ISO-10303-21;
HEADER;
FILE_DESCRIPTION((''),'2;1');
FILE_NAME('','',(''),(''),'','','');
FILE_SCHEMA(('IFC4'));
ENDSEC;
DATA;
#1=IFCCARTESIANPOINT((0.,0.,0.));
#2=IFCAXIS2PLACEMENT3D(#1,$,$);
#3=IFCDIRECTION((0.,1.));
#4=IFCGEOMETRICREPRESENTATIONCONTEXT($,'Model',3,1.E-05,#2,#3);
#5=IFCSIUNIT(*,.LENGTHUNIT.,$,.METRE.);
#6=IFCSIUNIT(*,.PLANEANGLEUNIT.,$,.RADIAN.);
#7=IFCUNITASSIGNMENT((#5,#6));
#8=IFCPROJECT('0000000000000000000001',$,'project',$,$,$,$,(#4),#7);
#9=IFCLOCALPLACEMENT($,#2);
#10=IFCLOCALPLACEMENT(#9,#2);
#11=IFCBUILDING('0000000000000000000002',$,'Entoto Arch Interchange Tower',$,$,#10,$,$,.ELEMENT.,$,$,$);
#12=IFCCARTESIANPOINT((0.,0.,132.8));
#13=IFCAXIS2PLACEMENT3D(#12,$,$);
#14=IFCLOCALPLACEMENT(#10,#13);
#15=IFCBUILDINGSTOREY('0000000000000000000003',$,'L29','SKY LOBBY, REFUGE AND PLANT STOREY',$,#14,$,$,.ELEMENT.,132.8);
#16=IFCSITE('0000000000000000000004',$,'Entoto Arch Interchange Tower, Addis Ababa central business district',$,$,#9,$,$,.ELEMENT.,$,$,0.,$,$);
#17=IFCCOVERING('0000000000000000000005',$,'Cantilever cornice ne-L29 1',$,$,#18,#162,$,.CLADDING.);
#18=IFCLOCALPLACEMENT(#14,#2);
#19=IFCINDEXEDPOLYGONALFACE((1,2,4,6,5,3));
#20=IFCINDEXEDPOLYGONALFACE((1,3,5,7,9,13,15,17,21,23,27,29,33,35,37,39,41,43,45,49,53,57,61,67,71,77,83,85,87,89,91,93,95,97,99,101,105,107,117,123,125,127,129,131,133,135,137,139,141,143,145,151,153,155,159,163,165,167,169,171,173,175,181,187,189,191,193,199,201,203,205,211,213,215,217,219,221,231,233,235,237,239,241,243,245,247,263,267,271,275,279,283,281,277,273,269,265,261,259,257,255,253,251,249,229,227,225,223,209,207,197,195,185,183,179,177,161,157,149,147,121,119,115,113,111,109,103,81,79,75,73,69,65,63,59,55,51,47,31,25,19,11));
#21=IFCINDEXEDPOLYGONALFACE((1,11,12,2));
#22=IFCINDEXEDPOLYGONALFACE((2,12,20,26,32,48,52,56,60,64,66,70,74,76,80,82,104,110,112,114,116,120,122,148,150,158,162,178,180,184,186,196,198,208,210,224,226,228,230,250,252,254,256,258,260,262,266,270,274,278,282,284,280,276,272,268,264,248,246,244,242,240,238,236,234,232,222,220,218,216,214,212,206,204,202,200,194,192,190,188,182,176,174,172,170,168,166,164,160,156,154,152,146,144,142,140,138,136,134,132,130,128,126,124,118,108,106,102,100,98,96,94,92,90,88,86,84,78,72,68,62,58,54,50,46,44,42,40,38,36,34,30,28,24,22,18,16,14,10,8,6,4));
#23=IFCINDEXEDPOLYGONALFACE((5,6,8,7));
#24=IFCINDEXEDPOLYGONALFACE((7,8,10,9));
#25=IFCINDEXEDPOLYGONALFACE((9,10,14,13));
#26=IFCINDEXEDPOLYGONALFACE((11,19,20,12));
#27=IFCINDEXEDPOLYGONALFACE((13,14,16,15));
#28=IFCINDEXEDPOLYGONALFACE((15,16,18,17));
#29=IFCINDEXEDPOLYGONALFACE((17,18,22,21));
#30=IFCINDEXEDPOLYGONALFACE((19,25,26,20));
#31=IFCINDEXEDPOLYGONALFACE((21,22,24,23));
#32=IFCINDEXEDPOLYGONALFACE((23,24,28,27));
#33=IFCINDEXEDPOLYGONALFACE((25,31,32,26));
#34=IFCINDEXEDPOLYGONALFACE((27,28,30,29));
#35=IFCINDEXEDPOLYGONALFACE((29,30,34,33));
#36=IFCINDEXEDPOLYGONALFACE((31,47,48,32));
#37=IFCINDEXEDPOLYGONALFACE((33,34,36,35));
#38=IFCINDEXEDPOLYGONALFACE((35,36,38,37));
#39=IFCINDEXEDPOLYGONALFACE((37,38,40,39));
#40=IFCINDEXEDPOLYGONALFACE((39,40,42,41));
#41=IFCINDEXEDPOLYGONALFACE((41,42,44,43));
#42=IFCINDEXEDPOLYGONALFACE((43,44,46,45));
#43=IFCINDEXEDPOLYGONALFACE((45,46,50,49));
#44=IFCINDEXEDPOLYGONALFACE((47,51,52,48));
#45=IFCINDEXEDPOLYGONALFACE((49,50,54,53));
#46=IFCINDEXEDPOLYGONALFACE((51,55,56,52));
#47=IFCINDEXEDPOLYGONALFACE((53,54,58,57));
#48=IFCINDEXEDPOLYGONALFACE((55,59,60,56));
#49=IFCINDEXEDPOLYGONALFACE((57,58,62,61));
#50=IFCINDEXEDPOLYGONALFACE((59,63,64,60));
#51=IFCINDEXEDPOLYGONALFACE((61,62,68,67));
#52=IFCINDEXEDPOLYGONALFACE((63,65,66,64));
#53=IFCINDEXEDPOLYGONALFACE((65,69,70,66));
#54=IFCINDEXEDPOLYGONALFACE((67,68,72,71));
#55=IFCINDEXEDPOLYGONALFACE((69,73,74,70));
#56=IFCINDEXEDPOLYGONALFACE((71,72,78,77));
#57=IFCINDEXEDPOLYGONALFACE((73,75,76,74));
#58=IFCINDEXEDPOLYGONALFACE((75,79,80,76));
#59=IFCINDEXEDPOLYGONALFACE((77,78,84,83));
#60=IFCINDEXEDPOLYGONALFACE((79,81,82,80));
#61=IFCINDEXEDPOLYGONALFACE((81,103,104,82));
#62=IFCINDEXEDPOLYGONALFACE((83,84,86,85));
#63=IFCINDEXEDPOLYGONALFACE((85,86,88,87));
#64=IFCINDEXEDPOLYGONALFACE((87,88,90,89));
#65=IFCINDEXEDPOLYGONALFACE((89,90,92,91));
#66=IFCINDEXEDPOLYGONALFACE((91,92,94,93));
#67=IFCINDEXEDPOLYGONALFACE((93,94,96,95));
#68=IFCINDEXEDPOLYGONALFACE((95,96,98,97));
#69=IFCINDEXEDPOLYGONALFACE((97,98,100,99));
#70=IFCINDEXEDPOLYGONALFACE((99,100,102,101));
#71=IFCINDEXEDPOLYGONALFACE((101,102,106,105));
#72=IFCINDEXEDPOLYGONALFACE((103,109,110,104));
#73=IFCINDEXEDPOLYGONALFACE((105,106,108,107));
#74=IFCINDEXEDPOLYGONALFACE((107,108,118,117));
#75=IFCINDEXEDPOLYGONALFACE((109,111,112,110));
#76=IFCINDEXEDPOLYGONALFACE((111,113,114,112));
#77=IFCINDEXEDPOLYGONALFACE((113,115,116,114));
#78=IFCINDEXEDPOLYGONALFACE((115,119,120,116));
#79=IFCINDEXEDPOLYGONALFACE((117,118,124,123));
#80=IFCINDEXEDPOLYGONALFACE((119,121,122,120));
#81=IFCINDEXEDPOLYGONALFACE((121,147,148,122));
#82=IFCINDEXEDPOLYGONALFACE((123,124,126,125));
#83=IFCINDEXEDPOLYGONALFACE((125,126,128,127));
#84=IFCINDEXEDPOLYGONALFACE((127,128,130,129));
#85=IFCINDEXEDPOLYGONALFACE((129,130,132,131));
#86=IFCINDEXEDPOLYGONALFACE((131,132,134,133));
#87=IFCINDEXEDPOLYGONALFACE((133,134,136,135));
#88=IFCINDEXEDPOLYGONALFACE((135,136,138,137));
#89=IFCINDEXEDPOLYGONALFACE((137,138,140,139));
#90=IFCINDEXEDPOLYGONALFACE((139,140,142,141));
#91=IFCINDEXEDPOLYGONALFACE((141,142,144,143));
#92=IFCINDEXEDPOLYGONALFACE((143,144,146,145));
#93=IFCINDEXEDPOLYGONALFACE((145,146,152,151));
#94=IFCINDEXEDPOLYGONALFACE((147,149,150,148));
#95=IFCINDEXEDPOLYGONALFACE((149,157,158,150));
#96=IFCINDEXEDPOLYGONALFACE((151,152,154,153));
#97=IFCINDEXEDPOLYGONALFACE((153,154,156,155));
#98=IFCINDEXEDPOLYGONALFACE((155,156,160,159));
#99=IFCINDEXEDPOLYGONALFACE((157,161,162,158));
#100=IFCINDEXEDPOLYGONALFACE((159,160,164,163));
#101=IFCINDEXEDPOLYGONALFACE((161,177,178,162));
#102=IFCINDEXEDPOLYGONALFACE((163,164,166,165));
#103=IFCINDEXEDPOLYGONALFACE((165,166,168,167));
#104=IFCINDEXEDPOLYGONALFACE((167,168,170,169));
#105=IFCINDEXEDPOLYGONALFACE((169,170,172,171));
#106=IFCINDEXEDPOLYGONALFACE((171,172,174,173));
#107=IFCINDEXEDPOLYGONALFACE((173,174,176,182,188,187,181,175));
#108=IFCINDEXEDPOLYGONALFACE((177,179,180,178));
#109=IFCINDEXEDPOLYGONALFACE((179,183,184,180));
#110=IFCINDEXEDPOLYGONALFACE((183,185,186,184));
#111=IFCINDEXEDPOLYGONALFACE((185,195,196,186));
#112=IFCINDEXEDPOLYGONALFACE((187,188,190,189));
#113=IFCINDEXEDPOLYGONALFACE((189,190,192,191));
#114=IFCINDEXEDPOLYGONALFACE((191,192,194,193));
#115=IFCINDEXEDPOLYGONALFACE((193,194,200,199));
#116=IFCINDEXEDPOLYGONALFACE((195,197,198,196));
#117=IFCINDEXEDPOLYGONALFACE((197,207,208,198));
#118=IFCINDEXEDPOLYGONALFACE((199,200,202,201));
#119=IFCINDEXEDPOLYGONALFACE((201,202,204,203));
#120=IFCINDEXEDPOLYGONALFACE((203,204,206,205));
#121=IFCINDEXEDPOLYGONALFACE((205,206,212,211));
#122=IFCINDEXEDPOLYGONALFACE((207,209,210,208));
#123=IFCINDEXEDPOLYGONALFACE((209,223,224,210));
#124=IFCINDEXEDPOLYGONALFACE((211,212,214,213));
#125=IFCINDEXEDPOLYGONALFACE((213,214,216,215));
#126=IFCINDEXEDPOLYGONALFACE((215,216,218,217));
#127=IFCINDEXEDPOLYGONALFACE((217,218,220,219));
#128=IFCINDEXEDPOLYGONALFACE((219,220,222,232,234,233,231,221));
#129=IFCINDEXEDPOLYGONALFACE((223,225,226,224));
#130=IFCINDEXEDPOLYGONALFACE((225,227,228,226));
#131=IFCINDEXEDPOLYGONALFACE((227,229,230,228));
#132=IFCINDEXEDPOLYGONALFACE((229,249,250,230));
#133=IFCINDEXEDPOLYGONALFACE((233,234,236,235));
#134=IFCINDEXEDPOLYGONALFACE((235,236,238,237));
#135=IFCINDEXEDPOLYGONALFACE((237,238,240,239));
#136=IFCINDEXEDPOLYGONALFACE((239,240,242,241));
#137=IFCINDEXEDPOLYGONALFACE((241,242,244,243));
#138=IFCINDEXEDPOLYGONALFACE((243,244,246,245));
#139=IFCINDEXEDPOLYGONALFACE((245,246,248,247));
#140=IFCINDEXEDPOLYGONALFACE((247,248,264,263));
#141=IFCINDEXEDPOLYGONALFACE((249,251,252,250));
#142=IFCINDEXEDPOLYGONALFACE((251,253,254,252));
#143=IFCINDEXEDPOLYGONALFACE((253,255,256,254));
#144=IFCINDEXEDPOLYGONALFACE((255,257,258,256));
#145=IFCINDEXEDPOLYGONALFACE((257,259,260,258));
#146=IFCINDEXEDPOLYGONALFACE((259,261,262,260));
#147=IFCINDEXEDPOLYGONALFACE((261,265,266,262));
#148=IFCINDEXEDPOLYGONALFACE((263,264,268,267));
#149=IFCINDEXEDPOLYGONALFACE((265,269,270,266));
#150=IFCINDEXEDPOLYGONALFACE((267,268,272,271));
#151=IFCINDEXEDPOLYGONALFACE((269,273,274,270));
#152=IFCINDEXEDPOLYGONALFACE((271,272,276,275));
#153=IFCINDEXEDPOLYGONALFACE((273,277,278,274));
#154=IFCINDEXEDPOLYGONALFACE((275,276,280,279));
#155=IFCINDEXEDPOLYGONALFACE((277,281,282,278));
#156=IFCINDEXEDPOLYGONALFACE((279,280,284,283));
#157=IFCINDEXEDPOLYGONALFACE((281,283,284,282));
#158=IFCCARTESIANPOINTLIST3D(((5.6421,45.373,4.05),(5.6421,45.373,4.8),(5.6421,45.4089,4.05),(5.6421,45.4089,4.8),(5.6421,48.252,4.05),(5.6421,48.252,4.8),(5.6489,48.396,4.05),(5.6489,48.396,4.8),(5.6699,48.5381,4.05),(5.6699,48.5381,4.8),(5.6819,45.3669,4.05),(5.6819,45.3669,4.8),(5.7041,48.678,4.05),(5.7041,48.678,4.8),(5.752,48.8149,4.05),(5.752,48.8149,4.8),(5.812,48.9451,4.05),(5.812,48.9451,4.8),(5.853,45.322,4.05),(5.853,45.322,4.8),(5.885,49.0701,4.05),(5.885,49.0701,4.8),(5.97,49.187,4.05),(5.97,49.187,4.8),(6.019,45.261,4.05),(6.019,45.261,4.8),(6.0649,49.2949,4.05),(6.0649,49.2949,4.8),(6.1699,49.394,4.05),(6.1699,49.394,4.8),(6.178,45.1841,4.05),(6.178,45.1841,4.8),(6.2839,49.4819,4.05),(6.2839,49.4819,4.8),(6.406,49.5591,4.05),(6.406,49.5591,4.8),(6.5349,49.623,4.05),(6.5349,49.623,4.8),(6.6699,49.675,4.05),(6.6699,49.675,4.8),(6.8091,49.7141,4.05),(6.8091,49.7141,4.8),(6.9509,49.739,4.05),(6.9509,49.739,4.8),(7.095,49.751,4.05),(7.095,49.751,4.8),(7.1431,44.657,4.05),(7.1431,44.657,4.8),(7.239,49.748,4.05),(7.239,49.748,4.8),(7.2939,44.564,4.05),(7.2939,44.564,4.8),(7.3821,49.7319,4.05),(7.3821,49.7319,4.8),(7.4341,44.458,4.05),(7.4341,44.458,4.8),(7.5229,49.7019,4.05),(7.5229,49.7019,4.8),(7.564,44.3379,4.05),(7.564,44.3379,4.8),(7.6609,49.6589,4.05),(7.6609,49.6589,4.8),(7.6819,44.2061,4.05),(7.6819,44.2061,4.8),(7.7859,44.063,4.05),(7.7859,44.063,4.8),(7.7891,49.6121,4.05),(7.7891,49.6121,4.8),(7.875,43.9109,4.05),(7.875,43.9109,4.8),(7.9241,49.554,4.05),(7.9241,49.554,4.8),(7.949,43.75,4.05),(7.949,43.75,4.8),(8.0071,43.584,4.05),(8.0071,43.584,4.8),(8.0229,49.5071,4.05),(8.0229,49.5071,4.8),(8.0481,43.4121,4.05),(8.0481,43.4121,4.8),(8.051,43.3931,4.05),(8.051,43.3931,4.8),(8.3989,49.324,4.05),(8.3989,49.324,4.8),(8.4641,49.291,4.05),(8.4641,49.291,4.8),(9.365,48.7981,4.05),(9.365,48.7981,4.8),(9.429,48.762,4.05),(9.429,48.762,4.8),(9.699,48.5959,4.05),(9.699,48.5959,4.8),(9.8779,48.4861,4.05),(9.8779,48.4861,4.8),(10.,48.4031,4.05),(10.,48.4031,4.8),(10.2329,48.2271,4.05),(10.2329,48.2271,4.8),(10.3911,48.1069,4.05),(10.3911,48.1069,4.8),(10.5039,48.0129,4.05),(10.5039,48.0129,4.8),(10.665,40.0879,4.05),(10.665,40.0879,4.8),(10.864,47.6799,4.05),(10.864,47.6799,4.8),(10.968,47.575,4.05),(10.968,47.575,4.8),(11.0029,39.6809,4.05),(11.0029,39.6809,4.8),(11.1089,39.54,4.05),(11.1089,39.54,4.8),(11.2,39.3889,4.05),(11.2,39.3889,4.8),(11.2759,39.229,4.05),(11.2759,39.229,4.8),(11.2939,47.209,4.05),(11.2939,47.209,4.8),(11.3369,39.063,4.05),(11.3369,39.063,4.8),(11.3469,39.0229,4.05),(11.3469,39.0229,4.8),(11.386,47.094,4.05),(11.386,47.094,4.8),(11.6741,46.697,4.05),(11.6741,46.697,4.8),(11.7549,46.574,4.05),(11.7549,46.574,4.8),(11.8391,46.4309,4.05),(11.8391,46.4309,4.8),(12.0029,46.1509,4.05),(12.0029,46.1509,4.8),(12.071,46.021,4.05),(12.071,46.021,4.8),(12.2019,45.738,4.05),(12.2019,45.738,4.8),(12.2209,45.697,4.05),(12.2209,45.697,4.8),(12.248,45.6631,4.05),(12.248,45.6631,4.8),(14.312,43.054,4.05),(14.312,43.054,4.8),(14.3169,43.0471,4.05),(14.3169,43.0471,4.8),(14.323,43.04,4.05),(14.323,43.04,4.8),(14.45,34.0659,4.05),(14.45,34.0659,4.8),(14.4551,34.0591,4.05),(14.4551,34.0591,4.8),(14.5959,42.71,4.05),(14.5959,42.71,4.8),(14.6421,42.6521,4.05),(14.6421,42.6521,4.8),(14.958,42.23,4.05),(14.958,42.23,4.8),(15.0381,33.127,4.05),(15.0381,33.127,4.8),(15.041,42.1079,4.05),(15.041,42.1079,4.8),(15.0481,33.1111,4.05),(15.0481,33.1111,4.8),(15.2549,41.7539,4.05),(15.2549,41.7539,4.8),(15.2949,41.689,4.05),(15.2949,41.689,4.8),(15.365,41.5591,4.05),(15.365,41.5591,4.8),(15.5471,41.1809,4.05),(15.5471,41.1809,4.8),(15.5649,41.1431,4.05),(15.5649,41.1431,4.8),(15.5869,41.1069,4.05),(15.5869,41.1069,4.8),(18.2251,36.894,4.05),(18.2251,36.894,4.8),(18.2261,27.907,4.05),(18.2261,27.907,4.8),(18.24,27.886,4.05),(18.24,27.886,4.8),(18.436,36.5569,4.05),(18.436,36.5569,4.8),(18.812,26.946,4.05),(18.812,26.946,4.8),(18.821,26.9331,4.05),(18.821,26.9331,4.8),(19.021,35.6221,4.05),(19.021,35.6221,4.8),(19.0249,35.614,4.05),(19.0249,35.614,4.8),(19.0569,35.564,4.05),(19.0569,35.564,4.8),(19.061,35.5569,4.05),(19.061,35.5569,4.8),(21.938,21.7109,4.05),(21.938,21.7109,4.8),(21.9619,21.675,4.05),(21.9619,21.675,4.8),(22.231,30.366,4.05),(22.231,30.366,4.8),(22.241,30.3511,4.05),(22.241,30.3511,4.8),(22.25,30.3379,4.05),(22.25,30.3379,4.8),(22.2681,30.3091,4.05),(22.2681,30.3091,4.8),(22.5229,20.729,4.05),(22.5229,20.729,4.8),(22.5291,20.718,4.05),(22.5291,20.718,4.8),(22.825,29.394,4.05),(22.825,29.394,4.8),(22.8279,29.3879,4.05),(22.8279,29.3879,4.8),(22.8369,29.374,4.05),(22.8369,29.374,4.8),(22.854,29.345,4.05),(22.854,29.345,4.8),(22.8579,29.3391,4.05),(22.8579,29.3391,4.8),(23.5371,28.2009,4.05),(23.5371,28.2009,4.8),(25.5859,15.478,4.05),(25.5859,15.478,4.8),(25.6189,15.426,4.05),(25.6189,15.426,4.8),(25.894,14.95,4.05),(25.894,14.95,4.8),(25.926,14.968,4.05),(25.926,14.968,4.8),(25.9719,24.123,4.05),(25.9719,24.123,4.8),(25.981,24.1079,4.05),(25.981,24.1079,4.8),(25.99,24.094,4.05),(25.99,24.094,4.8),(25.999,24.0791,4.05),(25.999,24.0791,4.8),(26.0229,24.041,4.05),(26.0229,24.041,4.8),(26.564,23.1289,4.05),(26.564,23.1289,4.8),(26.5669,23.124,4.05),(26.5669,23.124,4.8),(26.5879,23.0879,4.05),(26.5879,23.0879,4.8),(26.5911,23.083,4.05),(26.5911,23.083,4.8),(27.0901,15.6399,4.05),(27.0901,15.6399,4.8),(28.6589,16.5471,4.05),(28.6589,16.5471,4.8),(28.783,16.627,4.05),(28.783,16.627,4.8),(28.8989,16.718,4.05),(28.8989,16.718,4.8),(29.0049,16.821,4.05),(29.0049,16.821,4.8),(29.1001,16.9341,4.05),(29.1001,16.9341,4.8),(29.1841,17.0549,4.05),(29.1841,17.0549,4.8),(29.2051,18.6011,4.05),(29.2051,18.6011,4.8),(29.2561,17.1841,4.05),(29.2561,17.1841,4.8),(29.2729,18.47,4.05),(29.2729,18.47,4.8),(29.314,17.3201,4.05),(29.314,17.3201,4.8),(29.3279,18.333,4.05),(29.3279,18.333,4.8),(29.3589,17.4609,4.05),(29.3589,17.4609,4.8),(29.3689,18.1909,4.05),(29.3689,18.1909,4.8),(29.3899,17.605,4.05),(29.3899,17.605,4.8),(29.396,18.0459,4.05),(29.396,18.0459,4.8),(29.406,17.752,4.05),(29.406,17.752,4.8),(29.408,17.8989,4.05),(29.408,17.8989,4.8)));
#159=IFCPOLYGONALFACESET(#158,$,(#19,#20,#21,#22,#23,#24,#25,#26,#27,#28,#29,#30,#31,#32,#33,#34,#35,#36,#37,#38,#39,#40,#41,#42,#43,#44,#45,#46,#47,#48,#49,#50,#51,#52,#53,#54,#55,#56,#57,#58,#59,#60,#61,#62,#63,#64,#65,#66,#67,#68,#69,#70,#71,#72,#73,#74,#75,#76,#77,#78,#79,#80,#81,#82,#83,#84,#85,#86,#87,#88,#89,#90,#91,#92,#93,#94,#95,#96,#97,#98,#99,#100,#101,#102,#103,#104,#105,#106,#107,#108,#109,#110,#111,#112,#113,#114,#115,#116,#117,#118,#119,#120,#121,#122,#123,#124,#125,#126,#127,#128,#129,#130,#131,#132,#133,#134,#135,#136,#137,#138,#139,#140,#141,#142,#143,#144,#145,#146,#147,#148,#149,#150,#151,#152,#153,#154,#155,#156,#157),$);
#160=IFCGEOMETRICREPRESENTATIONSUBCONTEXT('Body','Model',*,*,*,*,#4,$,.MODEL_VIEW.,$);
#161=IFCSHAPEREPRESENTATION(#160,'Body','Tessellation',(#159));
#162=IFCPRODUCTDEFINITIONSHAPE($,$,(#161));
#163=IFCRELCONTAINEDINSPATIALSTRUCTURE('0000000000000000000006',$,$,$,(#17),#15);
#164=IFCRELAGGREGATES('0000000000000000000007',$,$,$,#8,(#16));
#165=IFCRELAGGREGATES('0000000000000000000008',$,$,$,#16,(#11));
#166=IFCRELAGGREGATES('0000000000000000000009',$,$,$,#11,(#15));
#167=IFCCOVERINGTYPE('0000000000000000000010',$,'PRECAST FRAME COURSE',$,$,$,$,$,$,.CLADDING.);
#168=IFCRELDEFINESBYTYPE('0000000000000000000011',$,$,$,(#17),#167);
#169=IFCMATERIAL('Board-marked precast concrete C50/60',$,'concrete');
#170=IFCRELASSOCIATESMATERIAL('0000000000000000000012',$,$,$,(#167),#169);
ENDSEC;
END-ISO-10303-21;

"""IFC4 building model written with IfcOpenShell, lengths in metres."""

from ifc_helpers import new_model, si_unit, direction, frame, origin, place, context, subcontext, project, spatial, polyline, outline, extrude, material, type_object, element, save


model = new_model("IFC4")

# Units and contexts
model_context = context("Model", 3, precision=1e-05, world=origin(), true_north=direction((0.0, 1.0)))
body_context = subcontext(model_context, "Body", "Model", "MODEL_VIEW")
ifc_project = project(units=[si_unit("LENGTHUNIT", "METRE"), si_unit("PLANEANGLEUNIT", "RADIAN")], contexts=[model_context])

# Site, building, storey
site_placement = place(None, origin())
site = spatial("IfcSite", under=ifc_project, at=site_placement, Name="Entoto Arch Interchange Tower, Addis Ababa central business district", CompositionType="ELEMENT", RefElevation=0.0)
building_placement = place(site_placement, origin())
building = spatial("IfcBuilding", under=site, at=building_placement, Name="Entoto Arch Interchange Tower", CompositionType="ELEMENT")
storey_placement = place(building_placement, frame((0.0, 0.0, 132.8)))
storey = spatial("IfcBuildingStorey", under=building, at=storey_placement, Name="L29", Description="SKY LOBBY, REFUGE AND PLANT STOREY", CompositionType="ELEMENT", Elevation=132.8)

# Covering
ifc_material_1 = material(Name="Board-marked precast concrete C50/60", Category="concrete")
covering_type_1 = type_object("IfcCoveringType", Name="PRECAST FRAME COURSE", PredefinedType="CLADDING", material=ifc_material_1)
covering_1_placement = place(storey_placement, frame((0.0, 0.0, 4.05)))
element("IfcCovering", 1, at=covering_1_placement, inside=storey, type_object=covering_type_1, Name="Cantilever cornice ne-L29 1", PredefinedType="CLADDING", context=body_context, shape_type="SweptSolid", body=[
    extrude(outline(polyline([(5.6489, 48.396), (5.6699, 48.5381), (5.7041, 48.678), (5.752, 48.8149), (5.812, 48.9451), (5.885, 49.0701), (5.97, 49.187), (6.0649, 49.2949), (6.1699, 49.394), (6.2839, 49.4819), (6.406, 49.5591), (6.5349, 49.623), (6.6699, 49.675), (6.8091, 49.7141), (6.9509, 49.739), (7.095, 49.751), (7.239, 49.748), (7.3821, 49.7319), (7.5229, 49.7019), (7.6609, 49.6589), (7.7891, 49.6121), (7.9241, 49.554), (8.0229, 49.5071), (8.3989, 49.324), (8.4641, 49.291), (9.365, 48.7981), (9.429, 48.762), (9.699, 48.5959), (9.8779, 48.4861), (10.0, 48.4031), (10.2329, 48.2271), (10.3911, 48.1069), (10.5039, 48.0129), (10.864, 47.6799), (10.968, 47.575), (11.2939, 47.209), (11.386, 47.094), (11.6741, 46.697), (11.7549, 46.574), (11.8391, 46.4309), (12.0029, 46.1509), (12.071, 46.021), (12.2019, 45.738), (12.2209, 45.697), (12.248, 45.6631), (14.312, 43.054), (14.3169, 43.0471), (14.323, 43.04), (14.5959, 42.71), (14.6421, 42.6521), (14.958, 42.23), (15.041, 42.1079), (15.2549, 41.7539), (15.2949, 41.689), (15.365, 41.5591), (15.5471, 41.1809), (15.5649, 41.1431), (15.5869, 41.1069), (18.2251, 36.894), (18.436, 36.5569), (19.021, 35.6221), (19.0249, 35.614), (19.0569, 35.564), (19.061, 35.5569), (22.231, 30.366), (22.241, 30.3511), (22.25, 30.3379), (22.2681, 30.3091), (22.825, 29.394), (22.8279, 29.3879), (22.8369, 29.374), (22.854, 29.345), (22.8579, 29.3391), (23.5371, 28.2009), (25.9719, 24.123), (25.981, 24.1079), (25.99, 24.094), (25.999, 24.0791), (25.999, 24.0791), (26.0229, 24.041), (26.564, 23.1289), (26.5669, 23.124), (26.5879, 23.0879), (26.5911, 23.083), (29.2051, 18.6011), (29.2729, 18.47), (29.3279, 18.333), (29.3689, 18.1909), (29.396, 18.0459), (29.408, 17.8989), (29.406, 17.752), (29.3899, 17.605), (29.3589, 17.4609), (29.314, 17.3201), (29.2561, 17.1841), (29.1841, 17.0549), (29.1001, 16.9341), (29.0049, 16.821), (28.8989, 16.718), (28.783, 16.627), (28.6589, 16.5471), (27.0901, 15.6399), (25.926, 14.968), (25.894, 14.95), (25.6189, 15.426), (25.5859, 15.478), (22.5291, 20.718), (22.5229, 20.729), (21.9619, 21.675), (21.938, 21.7109), (18.821, 26.9331), (18.812, 26.946), (18.24, 27.886), (18.2261, 27.907), (15.0481, 33.1111), (15.0381, 33.127), (14.4551, 34.0591), (14.45, 34.0659), (11.3469, 39.0229), (11.3369, 39.063), (11.2759, 39.229), (11.2, 39.3889), (11.1089, 39.54), (11.0029, 39.6809), (10.665, 40.0879), (8.051, 43.3931), (8.0481, 43.4121), (8.0071, 43.584), (7.949, 43.75), (7.875, 43.9109), (7.7859, 44.063), (7.6819, 44.2061), (7.564, 44.3379), (7.4341, 44.458), (7.2939, 44.564), (7.1431, 44.657), (6.178, 45.1841), (6.019, 45.261), (5.853, 45.322), (5.6819, 45.3669), (5.6421, 45.373), (5.6421, 45.4089), (5.6421, 48.252), (5.6489, 48.396)])), origin(), (0.0, 0.0, 1.0), 0.75),
])

save(model, "model.ifc")
